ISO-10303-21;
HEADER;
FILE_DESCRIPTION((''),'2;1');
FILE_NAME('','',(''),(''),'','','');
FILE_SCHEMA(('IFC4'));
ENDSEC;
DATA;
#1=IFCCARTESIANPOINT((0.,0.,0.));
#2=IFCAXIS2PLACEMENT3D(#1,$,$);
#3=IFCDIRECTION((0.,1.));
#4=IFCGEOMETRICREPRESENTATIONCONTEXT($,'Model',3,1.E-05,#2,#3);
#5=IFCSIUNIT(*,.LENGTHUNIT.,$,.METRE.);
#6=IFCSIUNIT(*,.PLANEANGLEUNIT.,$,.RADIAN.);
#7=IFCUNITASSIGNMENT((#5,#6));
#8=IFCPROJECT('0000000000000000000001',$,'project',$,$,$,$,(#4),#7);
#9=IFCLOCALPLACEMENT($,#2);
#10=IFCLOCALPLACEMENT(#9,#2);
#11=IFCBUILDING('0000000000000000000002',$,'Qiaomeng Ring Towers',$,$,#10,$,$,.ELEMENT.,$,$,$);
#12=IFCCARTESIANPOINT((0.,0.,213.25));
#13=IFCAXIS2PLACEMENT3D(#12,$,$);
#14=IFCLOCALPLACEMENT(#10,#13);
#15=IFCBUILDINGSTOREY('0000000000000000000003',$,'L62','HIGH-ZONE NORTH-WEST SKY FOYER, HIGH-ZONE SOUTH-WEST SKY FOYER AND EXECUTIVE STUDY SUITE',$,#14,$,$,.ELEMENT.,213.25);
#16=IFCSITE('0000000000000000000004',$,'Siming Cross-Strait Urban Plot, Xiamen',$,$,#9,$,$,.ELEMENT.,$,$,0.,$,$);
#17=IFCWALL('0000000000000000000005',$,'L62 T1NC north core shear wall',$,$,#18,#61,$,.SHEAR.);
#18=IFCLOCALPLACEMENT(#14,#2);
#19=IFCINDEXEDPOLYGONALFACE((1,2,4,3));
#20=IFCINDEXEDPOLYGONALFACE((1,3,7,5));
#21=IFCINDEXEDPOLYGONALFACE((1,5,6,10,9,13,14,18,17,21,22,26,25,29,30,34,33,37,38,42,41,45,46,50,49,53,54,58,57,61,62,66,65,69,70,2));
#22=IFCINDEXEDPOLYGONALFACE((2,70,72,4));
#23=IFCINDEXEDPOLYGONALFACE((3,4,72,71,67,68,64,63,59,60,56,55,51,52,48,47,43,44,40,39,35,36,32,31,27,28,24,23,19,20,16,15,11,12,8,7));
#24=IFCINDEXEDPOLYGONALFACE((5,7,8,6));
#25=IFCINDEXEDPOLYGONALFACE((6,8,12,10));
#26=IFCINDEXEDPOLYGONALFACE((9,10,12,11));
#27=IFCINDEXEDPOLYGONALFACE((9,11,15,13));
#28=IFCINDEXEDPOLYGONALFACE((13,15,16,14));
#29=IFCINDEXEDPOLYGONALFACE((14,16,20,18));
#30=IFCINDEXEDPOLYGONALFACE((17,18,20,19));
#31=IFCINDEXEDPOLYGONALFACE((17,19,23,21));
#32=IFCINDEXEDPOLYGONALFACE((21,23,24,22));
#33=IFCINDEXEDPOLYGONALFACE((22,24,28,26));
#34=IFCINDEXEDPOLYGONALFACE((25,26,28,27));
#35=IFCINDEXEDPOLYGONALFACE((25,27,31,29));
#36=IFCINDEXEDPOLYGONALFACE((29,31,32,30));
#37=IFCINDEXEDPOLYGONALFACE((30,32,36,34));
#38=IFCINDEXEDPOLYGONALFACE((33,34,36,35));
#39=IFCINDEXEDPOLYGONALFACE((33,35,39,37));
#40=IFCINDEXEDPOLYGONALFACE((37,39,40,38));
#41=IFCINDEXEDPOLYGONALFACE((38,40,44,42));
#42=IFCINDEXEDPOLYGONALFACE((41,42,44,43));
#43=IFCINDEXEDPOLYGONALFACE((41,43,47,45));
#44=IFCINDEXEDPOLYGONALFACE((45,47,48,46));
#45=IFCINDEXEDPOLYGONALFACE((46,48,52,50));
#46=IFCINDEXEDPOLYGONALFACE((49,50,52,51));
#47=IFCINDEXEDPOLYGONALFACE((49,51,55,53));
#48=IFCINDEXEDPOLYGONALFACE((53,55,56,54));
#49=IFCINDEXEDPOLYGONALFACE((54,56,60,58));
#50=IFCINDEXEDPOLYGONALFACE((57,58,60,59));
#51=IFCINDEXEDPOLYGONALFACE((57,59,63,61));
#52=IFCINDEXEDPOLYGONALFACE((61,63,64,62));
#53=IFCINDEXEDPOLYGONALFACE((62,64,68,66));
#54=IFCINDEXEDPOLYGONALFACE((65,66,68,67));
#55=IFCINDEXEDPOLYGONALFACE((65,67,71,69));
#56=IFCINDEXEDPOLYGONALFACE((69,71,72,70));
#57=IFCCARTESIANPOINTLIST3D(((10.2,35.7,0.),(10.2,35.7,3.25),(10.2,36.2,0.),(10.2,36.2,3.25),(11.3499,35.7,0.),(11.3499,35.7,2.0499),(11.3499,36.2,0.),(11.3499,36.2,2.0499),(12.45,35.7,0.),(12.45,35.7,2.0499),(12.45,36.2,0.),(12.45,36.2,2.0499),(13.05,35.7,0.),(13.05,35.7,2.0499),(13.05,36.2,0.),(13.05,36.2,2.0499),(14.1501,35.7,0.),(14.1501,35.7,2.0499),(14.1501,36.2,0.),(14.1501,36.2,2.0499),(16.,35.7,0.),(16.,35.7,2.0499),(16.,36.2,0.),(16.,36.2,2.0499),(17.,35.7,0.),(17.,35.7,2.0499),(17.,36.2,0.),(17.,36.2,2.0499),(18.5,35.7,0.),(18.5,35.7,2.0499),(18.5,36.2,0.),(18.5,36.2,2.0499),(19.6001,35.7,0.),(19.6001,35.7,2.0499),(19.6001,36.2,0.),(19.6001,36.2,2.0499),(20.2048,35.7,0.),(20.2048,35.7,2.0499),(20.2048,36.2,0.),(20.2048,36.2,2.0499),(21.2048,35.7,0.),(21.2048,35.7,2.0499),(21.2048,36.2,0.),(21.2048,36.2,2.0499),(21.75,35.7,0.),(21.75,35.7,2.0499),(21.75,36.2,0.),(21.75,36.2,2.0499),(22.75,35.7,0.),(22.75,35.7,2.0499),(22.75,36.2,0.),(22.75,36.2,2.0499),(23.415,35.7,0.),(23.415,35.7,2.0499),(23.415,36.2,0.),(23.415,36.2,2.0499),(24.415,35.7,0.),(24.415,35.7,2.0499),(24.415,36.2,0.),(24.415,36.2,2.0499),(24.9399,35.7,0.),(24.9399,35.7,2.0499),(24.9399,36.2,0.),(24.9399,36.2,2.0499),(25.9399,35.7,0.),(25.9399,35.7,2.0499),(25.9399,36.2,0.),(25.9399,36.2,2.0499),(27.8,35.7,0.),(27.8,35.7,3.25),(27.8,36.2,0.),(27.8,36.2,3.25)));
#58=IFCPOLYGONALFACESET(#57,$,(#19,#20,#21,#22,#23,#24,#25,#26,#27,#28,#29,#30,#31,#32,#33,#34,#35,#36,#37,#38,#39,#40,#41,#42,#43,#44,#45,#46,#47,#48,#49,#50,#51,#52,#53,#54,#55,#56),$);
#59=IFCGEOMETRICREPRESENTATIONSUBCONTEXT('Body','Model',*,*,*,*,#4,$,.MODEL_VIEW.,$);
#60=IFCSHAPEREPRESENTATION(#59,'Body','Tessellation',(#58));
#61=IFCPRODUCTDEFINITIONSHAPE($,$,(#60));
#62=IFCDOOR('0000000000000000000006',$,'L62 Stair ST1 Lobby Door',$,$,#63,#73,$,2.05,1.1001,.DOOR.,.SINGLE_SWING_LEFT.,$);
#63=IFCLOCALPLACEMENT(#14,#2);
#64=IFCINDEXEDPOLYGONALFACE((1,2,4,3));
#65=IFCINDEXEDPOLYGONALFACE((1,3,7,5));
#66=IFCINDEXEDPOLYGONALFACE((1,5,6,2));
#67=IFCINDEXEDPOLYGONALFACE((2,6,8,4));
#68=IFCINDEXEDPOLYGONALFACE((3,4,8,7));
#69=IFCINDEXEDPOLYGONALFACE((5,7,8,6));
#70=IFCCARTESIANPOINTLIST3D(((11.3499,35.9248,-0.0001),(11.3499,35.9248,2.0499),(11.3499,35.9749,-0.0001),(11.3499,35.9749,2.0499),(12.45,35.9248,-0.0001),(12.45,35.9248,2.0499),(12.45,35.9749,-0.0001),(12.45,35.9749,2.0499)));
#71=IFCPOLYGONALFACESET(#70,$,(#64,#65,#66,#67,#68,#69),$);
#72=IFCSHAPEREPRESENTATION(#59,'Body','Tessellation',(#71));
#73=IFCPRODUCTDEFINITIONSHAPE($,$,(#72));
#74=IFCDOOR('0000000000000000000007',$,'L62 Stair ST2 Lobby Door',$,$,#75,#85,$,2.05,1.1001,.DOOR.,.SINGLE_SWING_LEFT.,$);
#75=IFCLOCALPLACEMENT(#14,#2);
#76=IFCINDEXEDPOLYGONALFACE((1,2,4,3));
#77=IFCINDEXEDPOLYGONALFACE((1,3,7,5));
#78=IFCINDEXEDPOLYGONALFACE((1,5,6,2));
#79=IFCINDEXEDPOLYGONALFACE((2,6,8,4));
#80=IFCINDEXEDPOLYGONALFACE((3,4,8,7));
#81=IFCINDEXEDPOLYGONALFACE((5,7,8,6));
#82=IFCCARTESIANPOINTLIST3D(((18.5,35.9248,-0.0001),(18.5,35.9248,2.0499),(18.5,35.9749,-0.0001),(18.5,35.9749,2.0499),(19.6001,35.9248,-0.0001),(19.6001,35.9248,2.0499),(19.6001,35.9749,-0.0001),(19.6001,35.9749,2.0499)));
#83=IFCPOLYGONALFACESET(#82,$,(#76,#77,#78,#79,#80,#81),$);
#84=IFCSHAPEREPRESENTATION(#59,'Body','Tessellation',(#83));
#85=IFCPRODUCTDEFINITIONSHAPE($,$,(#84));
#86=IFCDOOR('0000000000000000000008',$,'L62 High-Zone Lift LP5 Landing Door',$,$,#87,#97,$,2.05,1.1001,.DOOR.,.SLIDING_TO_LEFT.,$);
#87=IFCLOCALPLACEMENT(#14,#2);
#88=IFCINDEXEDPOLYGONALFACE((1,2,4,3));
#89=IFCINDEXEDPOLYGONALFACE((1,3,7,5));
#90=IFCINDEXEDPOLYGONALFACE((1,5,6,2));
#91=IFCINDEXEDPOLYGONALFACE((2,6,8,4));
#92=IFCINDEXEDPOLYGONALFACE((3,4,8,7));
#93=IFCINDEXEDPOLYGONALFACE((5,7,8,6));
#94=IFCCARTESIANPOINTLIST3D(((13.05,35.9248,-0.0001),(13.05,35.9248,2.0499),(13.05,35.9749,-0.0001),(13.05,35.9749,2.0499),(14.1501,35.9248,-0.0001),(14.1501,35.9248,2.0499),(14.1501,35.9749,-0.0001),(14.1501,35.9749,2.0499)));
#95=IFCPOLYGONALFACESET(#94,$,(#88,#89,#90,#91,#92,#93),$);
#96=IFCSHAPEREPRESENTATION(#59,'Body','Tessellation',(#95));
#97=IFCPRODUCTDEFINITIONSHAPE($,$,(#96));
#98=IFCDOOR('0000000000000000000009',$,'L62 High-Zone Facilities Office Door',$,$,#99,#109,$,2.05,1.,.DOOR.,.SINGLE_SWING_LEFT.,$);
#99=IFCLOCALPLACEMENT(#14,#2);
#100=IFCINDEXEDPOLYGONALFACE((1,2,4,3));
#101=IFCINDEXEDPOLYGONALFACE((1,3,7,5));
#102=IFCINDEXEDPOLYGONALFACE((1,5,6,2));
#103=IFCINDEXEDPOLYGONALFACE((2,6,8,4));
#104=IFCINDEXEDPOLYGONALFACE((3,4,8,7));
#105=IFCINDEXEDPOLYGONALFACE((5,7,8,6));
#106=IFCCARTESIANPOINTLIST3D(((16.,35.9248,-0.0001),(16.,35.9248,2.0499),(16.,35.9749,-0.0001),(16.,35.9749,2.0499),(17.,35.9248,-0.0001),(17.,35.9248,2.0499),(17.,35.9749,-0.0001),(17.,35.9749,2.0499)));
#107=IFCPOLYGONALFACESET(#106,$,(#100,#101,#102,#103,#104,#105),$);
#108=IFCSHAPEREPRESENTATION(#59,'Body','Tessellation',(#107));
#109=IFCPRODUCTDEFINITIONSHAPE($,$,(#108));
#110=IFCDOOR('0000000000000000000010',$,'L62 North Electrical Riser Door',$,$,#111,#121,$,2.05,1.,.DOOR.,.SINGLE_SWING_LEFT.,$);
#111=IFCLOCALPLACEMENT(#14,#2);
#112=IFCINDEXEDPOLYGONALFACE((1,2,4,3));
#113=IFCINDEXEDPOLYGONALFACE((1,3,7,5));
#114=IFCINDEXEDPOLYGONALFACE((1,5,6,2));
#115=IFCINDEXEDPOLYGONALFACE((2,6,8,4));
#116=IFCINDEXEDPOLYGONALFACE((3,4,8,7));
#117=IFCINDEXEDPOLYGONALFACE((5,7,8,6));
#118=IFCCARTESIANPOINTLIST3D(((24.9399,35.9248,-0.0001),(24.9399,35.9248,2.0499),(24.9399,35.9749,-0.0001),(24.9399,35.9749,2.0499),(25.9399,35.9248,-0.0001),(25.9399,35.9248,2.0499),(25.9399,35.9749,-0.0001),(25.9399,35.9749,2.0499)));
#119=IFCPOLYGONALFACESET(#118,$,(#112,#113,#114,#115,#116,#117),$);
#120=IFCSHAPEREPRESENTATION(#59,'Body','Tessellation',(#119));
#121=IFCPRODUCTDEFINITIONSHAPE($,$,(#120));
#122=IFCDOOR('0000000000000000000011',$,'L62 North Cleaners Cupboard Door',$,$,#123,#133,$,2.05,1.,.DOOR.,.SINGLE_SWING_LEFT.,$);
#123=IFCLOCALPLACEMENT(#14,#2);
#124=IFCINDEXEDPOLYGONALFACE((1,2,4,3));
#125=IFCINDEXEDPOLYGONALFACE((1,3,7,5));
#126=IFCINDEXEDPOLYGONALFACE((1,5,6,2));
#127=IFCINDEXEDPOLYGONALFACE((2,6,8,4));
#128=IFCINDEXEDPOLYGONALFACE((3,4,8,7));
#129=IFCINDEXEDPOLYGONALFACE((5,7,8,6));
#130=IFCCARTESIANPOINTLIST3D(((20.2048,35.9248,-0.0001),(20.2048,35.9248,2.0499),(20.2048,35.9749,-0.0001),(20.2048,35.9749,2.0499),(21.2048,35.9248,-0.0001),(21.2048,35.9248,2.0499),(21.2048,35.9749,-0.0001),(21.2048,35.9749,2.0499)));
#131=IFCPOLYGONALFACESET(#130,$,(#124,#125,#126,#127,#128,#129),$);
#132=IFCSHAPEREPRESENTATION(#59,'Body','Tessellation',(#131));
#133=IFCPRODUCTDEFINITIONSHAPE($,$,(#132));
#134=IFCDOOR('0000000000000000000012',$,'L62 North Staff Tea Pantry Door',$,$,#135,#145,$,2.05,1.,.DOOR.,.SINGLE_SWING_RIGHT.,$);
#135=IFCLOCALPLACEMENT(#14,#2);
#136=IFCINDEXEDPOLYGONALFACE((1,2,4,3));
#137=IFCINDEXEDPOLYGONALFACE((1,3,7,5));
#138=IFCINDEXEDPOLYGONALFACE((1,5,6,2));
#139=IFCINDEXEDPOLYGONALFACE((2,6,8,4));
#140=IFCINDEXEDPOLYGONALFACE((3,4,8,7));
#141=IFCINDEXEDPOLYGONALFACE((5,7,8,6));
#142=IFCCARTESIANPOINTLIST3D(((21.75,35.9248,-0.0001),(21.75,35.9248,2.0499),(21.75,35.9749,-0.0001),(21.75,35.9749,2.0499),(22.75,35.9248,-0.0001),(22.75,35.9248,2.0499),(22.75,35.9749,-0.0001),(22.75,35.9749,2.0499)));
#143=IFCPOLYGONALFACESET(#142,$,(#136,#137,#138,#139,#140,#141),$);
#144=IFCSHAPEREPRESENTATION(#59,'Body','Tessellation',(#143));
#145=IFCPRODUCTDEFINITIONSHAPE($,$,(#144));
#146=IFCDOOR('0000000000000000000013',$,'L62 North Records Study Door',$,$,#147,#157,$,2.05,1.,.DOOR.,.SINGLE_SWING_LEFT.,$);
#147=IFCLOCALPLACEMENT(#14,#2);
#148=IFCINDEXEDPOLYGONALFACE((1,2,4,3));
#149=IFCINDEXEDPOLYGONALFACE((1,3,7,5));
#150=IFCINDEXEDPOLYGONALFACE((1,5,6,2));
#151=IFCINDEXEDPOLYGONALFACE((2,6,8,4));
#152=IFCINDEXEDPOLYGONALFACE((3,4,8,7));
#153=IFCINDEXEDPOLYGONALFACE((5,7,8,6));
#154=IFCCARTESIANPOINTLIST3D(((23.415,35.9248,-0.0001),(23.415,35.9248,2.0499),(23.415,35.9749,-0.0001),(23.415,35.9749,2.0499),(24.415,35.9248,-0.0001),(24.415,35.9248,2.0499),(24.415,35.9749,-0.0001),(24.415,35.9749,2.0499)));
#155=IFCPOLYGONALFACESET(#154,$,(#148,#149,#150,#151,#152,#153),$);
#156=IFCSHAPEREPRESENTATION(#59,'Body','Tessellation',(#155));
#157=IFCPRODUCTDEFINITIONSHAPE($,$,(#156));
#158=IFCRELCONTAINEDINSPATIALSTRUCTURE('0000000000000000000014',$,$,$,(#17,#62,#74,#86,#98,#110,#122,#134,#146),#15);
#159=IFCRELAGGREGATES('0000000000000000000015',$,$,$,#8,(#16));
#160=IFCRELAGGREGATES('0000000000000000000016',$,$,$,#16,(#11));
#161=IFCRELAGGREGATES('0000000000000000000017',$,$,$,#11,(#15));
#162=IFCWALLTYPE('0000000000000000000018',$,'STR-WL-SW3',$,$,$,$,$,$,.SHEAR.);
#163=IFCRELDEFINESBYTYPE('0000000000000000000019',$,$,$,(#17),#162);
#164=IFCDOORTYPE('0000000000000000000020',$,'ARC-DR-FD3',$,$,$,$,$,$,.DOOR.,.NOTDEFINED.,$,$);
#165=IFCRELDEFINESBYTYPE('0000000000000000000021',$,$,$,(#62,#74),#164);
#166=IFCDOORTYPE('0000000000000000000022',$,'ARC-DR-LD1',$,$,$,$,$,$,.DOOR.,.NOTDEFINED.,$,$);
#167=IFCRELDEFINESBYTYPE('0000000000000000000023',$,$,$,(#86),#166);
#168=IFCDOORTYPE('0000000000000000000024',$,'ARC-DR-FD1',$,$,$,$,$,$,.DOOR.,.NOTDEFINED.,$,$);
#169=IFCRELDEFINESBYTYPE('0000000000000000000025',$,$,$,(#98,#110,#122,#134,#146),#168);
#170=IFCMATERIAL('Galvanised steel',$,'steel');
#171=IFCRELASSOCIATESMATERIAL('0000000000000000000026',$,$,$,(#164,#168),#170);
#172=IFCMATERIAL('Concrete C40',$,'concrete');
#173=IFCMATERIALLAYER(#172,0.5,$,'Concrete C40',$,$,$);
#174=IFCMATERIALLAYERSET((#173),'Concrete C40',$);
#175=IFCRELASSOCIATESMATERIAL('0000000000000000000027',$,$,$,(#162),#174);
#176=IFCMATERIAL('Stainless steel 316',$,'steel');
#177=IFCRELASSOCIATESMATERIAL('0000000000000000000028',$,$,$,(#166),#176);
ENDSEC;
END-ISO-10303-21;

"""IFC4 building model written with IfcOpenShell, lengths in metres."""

from ifc_helpers import new_model, si_unit, direction, frame, frame_2d, origin, place, context, subcontext, project, spatial, rectangle, extrude, source, transform, mapped, material, layer, layer_set, type_object, element, fill, save


model = new_model("IFC4")

# Units and contexts
model_context = context("Model", 3, precision=1e-05, world=origin(), true_north=direction((0.0, 1.0)))
body_context = subcontext(model_context, "Body", "Model", "MODEL_VIEW")
ifc_project = project(units=[si_unit("LENGTHUNIT", "METRE"), si_unit("PLANEANGLEUNIT", "RADIAN")], contexts=[model_context])

# Site, building, storey
site_placement = place(None, origin())
site = spatial("IfcSite", under=ifc_project, at=site_placement, Name="Siming Cross-Strait Urban Plot, Xiamen", CompositionType="ELEMENT", RefElevation=0.0)
building_placement = place(site_placement, origin())
building = spatial("IfcBuilding", under=site, at=building_placement, Name="Qiaomeng Ring Towers", CompositionType="ELEMENT")
storey_placement = place(building_placement, frame((0.0, 0.0, 213.25)))
storey = spatial("IfcBuildingStorey", under=building, at=storey_placement, Name="L62", Description="HIGH-ZONE NORTH-WEST SKY FOYER, HIGH-ZONE SOUTH-WEST SKY FOYER AND EXECUTIVE STUDY SUITE", CompositionType="ELEMENT", Elevation=213.25)

# Shared definitions
ifc_material_1 = material(Name="Concrete C40", Category="concrete")

# Shared definitions
ifc_material_2 = material(Name="Galvanised steel", Category="steel")
door_type_1 = type_object("IfcDoorType", Name="ARC-DR-FD3", OperationType="NOTDEFINED", PredefinedType="DOOR", material=ifc_material_2)
shared_shape_1 = source(origin(), body_context, "Body", "SweptSolid", [
    extrude(rectangle(XDim=1.1001, YDim=2.05, at=frame_2d((0.55, 1.0249))), frame((0.0, 0.0249, 0.0), z_axis=(0.0, -1.0, 0.0), x_axis=(1.0, 0.0, 0.0)), (0.0, 0.0, 1.0), 0.05),
])

# Wall, openings, doors
ifc_layer_1 = layer(ifc_material_1, 0.5, Name="Concrete C40")
ifc_layer_set_1 = layer_set([ifc_layer_1], Name="Concrete C40")
wall_type_1 = type_object("IfcWallType", Name="STR-WL-SW3", PredefinedType="SHEAR", material=ifc_layer_set_1)
wall_1_placement = place(storey_placement, frame((10.2, 35.95, 0.0), z_axis=(0.0, 0.0, 1.0), x_axis=(1.0, 0.0, 0.0)))
wall_1 = element("IfcWall", 1, at=wall_1_placement, inside=storey, type_object=wall_type_1, Name="L62 T1NC north core shear wall", PredefinedType="SHEAR", context=body_context, shape_type="SweptSolid", body=[
    extrude(rectangle(XDim=17.6001, YDim=0.5, at=frame_2d((8.8, 0.0))), origin(), (0.0, 0.0, 1.0), 3.25),
])
opening_1_placement = place(wall_1_placement, frame((1.1499, 0.0, 0.0)))
opening_1 = element("IfcOpeningElement", 2, at=opening_1_placement, cuts=wall_1, PredefinedType="OPENING", context=body_context, shape_type="SweptSolid", body=[
    extrude(rectangle(XDim=1.1001, YDim=2.05, at=frame_2d((0.55, 1.0249))), frame((0.0, 0.26, 0.0), z_axis=(0.0, -1.0, 0.0), x_axis=(1.0, 0.0, 0.0)), (0.0, 0.0, 1.0), 0.52),
])
opening_2_placement = place(wall_1_placement, frame((8.3, 0.0, 0.0)))
opening_2 = element("IfcOpeningElement", 3, at=opening_2_placement, cuts=wall_1, PredefinedType="OPENING", context=body_context, shape_type="SweptSolid", body=[
    extrude(rectangle(XDim=1.1001, YDim=2.05, at=frame_2d((0.55, 1.0249))), frame((0.0, 0.26, 0.0), z_axis=(0.0, -1.0, 0.0), x_axis=(1.0, 0.0, 0.0)), (0.0, 0.0, 1.0), 0.52),
])
opening_3_placement = place(wall_1_placement, frame((2.8501, 0.0, 0.0)))
opening_3 = element("IfcOpeningElement", 4, at=opening_3_placement, cuts=wall_1, PredefinedType="OPENING", context=body_context, shape_type="SweptSolid", body=[
    extrude(rectangle(XDim=1.1001, YDim=2.05, at=frame_2d((0.55, 1.0249))), frame((0.0, 0.26, 0.0), z_axis=(0.0, -1.0, 0.0), x_axis=(1.0, 0.0, 0.0)), (0.0, 0.0, 1.0), 0.52),
])
opening_4_placement = place(wall_1_placement, frame((5.8, 0.0, 0.0)))
opening_4 = element("IfcOpeningElement", 5, at=opening_4_placement, cuts=wall_1, PredefinedType="OPENING", context=body_context, shape_type="SweptSolid", body=[
    extrude(rectangle(XDim=1.0, YDim=2.05, at=frame_2d((0.5, 1.0249))), frame((0.0, 0.26, 0.0), z_axis=(0.0, -1.0, 0.0), x_axis=(1.0, 0.0, 0.0)), (0.0, 0.0, 1.0), 0.52),
])
opening_5_placement = place(wall_1_placement, frame((14.74, 0.0, 0.0)))
opening_5 = element("IfcOpeningElement", 6, at=opening_5_placement, cuts=wall_1, PredefinedType="OPENING", context=body_context, shape_type="SweptSolid", body=[
    extrude(rectangle(XDim=1.0, YDim=2.05, at=frame_2d((0.5, 1.0249))), frame((0.0, 0.26, 0.0), z_axis=(0.0, -1.0, 0.0), x_axis=(1.0, 0.0, 0.0)), (0.0, 0.0, 1.0), 0.52),
])
opening_6_placement = place(wall_1_placement, frame((10.0049, 0.0, 0.0)))
opening_6 = element("IfcOpeningElement", 7, at=opening_6_placement, cuts=wall_1, PredefinedType="OPENING", context=body_context, shape_type="SweptSolid", body=[
    extrude(rectangle(XDim=1.0, YDim=2.05, at=frame_2d((0.5, 1.0249))), frame((0.0, 0.26, 0.0), z_axis=(0.0, -1.0, 0.0), x_axis=(1.0, 0.0, 0.0)), (0.0, 0.0, 1.0), 0.52),
])
opening_7_placement = place(wall_1_placement, frame((11.55, 0.0, 0.0)))
opening_7 = element("IfcOpeningElement", 8, at=opening_7_placement, cuts=wall_1, PredefinedType="OPENING", context=body_context, shape_type="SweptSolid", body=[
    extrude(rectangle(XDim=1.0, YDim=2.05, at=frame_2d((0.5, 1.0249))), frame((0.0, 0.26, 0.0), z_axis=(0.0, -1.0, 0.0), x_axis=(1.0, 0.0, 0.0)), (0.0, 0.0, 1.0), 0.52),
])
opening_8_placement = place(wall_1_placement, frame((13.2151, 0.0, 0.0)))
opening_8 = element("IfcOpeningElement", 9, at=opening_8_placement, cuts=wall_1, PredefinedType="OPENING", context=body_context, shape_type="SweptSolid", body=[
    extrude(rectangle(XDim=1.0, YDim=2.05, at=frame_2d((0.5, 1.0249))), frame((0.0, 0.26, 0.0), z_axis=(0.0, -1.0, 0.0), x_axis=(1.0, 0.0, 0.0)), (0.0, 0.0, 1.0), 0.52),
])
door_1_placement = place(opening_1_placement, origin())
door_1 = element("IfcDoor", 10, at=door_1_placement, inside=storey, type_object=door_type_1, Name="L62 Stair ST1 Lobby Door", OperationType="SINGLE_SWING_LEFT", OverallHeight=2.05, OverallWidth=1.1001, PredefinedType="DOOR", context=body_context, shape_type="MappedRepresentation", body=[
    mapped(shared_shape_1, transform((0.0, 0.0, 0.0), x_axis=(1.0, 0.0, 0.0), y_axis=(0.0, 1.0, 0.0), z_axis=(0.0, 0.0, 1.0), scale=1.0)),
])
fill(opening_1, door_1)
door_2_placement = place(opening_2_placement, origin())
door_2 = element("IfcDoor", 11, at=door_2_placement, inside=storey, type_object=door_type_1, Name="L62 Stair ST2 Lobby Door", OperationType="SINGLE_SWING_LEFT", OverallHeight=2.05, OverallWidth=1.1001, PredefinedType="DOOR", context=body_context, shape_type="MappedRepresentation", body=[
    mapped(shared_shape_1, transform((0.0, 0.0, 0.0), x_axis=(1.0, 0.0, 0.0), y_axis=(0.0, 1.0, 0.0), z_axis=(0.0, 0.0, 1.0), scale=1.0)),
])
fill(opening_2, door_2)
ifc_material_3 = material(Name="Stainless steel 316", Category="steel")
door_type_2 = type_object("IfcDoorType", Name="ARC-DR-LD1", OperationType="NOTDEFINED", PredefinedType="DOOR", material=ifc_material_3)
door_3_placement = place(opening_3_placement, origin())
door_3 = element("IfcDoor", 12, at=door_3_placement, inside=storey, type_object=door_type_2, Name="L62 High-Zone Lift LP5 Landing Door", OperationType="SLIDING_TO_LEFT", OverallHeight=2.05, OverallWidth=1.1001, PredefinedType="DOOR", context=body_context, shape_type="MappedRepresentation", body=[
    mapped(shared_shape_1, transform((0.0, 0.0, 0.0), x_axis=(1.0, 0.0, 0.0), y_axis=(0.0, 1.0, 0.0), z_axis=(0.0, 0.0, 1.0), scale=1.0)),
])
fill(opening_3, door_3)
door_type_3 = type_object("IfcDoorType", Name="ARC-DR-FD1", OperationType="NOTDEFINED", PredefinedType="DOOR", material=ifc_material_2)
shared_shape_2 = source(origin(), body_context, "Body", "SweptSolid", [
    extrude(rectangle(XDim=1.0, YDim=2.05, at=frame_2d((0.5, 1.0249))), frame((0.0, 0.0249, 0.0), z_axis=(0.0, -1.0, 0.0), x_axis=(1.0, 0.0, 0.0)), (0.0, 0.0, 1.0), 0.05),
])
door_4_placement = place(opening_4_placement, origin())
door_4 = element("IfcDoor", 13, at=door_4_placement, inside=storey, type_object=door_type_3, Name="L62 High-Zone Facilities Office Door", OperationType="SINGLE_SWING_LEFT", OverallHeight=2.05, OverallWidth=1.0, PredefinedType="DOOR", context=body_context, shape_type="MappedRepresentation", body=[
    mapped(shared_shape_2, transform((0.0, 0.0, 0.0), x_axis=(1.0, 0.0, 0.0), y_axis=(0.0, 1.0, 0.0), z_axis=(0.0, 0.0, 1.0), scale=1.0)),
])
fill(opening_4, door_4)
door_5_placement = place(opening_5_placement, origin())
door_5 = element("IfcDoor", 14, at=door_5_placement, inside=storey, type_object=door_type_3, Name="L62 North Electrical Riser Door", OperationType="SINGLE_SWING_LEFT", OverallHeight=2.05, OverallWidth=1.0, PredefinedType="DOOR", context=body_context, shape_type="MappedRepresentation", body=[
    mapped(shared_shape_2, transform((0.0, 0.0, 0.0), x_axis=(1.0, 0.0, 0.0), y_axis=(0.0, 1.0, 0.0), z_axis=(0.0, 0.0, 1.0), scale=1.0)),
])
fill(opening_5, door_5)
door_6_placement = place(opening_6_placement, origin())
door_6 = element("IfcDoor", 15, at=door_6_placement, inside=storey, type_object=door_type_3, Name="L62 North Cleaners Cupboard Door", OperationType="SINGLE_SWING_LEFT", OverallHeight=2.05, OverallWidth=1.0, PredefinedType="DOOR", context=body_context, shape_type="MappedRepresentation", body=[
    mapped(shared_shape_2, transform((0.0, 0.0, 0.0), x_axis=(1.0, 0.0, 0.0), y_axis=(0.0, 1.0, 0.0), z_axis=(0.0, 0.0, 1.0), scale=1.0)),
])
fill(opening_6, door_6)
door_7_placement = place(opening_7_placement, origin())
door_7 = element("IfcDoor", 16, at=door_7_placement, inside=storey, type_object=door_type_3, Name="L62 North Staff Tea Pantry Door", OperationType="SINGLE_SWING_RIGHT", OverallHeight=2.05, OverallWidth=1.0, PredefinedType="DOOR", context=body_context, shape_type="MappedRepresentation", body=[
    mapped(shared_shape_2, transform((0.0, 0.0, 0.0), x_axis=(1.0, 0.0, 0.0), y_axis=(0.0, 1.0, 0.0), z_axis=(0.0, 0.0, 1.0), scale=1.0)),
])
fill(opening_7, door_7)
door_8_placement = place(opening_8_placement, origin())
door_8 = element("IfcDoor", 17, at=door_8_placement, inside=storey, type_object=door_type_3, Name="L62 North Records Study Door", OperationType="SINGLE_SWING_LEFT", OverallHeight=2.05, OverallWidth=1.0, PredefinedType="DOOR", context=body_context, shape_type="MappedRepresentation", body=[
    mapped(shared_shape_2, transform((0.0, 0.0, 0.0), x_axis=(1.0, 0.0, 0.0), y_axis=(0.0, 1.0, 0.0), z_axis=(0.0, 0.0, 1.0), scale=1.0)),
])
fill(opening_8, door_8)

save(model, "model.ifc")
